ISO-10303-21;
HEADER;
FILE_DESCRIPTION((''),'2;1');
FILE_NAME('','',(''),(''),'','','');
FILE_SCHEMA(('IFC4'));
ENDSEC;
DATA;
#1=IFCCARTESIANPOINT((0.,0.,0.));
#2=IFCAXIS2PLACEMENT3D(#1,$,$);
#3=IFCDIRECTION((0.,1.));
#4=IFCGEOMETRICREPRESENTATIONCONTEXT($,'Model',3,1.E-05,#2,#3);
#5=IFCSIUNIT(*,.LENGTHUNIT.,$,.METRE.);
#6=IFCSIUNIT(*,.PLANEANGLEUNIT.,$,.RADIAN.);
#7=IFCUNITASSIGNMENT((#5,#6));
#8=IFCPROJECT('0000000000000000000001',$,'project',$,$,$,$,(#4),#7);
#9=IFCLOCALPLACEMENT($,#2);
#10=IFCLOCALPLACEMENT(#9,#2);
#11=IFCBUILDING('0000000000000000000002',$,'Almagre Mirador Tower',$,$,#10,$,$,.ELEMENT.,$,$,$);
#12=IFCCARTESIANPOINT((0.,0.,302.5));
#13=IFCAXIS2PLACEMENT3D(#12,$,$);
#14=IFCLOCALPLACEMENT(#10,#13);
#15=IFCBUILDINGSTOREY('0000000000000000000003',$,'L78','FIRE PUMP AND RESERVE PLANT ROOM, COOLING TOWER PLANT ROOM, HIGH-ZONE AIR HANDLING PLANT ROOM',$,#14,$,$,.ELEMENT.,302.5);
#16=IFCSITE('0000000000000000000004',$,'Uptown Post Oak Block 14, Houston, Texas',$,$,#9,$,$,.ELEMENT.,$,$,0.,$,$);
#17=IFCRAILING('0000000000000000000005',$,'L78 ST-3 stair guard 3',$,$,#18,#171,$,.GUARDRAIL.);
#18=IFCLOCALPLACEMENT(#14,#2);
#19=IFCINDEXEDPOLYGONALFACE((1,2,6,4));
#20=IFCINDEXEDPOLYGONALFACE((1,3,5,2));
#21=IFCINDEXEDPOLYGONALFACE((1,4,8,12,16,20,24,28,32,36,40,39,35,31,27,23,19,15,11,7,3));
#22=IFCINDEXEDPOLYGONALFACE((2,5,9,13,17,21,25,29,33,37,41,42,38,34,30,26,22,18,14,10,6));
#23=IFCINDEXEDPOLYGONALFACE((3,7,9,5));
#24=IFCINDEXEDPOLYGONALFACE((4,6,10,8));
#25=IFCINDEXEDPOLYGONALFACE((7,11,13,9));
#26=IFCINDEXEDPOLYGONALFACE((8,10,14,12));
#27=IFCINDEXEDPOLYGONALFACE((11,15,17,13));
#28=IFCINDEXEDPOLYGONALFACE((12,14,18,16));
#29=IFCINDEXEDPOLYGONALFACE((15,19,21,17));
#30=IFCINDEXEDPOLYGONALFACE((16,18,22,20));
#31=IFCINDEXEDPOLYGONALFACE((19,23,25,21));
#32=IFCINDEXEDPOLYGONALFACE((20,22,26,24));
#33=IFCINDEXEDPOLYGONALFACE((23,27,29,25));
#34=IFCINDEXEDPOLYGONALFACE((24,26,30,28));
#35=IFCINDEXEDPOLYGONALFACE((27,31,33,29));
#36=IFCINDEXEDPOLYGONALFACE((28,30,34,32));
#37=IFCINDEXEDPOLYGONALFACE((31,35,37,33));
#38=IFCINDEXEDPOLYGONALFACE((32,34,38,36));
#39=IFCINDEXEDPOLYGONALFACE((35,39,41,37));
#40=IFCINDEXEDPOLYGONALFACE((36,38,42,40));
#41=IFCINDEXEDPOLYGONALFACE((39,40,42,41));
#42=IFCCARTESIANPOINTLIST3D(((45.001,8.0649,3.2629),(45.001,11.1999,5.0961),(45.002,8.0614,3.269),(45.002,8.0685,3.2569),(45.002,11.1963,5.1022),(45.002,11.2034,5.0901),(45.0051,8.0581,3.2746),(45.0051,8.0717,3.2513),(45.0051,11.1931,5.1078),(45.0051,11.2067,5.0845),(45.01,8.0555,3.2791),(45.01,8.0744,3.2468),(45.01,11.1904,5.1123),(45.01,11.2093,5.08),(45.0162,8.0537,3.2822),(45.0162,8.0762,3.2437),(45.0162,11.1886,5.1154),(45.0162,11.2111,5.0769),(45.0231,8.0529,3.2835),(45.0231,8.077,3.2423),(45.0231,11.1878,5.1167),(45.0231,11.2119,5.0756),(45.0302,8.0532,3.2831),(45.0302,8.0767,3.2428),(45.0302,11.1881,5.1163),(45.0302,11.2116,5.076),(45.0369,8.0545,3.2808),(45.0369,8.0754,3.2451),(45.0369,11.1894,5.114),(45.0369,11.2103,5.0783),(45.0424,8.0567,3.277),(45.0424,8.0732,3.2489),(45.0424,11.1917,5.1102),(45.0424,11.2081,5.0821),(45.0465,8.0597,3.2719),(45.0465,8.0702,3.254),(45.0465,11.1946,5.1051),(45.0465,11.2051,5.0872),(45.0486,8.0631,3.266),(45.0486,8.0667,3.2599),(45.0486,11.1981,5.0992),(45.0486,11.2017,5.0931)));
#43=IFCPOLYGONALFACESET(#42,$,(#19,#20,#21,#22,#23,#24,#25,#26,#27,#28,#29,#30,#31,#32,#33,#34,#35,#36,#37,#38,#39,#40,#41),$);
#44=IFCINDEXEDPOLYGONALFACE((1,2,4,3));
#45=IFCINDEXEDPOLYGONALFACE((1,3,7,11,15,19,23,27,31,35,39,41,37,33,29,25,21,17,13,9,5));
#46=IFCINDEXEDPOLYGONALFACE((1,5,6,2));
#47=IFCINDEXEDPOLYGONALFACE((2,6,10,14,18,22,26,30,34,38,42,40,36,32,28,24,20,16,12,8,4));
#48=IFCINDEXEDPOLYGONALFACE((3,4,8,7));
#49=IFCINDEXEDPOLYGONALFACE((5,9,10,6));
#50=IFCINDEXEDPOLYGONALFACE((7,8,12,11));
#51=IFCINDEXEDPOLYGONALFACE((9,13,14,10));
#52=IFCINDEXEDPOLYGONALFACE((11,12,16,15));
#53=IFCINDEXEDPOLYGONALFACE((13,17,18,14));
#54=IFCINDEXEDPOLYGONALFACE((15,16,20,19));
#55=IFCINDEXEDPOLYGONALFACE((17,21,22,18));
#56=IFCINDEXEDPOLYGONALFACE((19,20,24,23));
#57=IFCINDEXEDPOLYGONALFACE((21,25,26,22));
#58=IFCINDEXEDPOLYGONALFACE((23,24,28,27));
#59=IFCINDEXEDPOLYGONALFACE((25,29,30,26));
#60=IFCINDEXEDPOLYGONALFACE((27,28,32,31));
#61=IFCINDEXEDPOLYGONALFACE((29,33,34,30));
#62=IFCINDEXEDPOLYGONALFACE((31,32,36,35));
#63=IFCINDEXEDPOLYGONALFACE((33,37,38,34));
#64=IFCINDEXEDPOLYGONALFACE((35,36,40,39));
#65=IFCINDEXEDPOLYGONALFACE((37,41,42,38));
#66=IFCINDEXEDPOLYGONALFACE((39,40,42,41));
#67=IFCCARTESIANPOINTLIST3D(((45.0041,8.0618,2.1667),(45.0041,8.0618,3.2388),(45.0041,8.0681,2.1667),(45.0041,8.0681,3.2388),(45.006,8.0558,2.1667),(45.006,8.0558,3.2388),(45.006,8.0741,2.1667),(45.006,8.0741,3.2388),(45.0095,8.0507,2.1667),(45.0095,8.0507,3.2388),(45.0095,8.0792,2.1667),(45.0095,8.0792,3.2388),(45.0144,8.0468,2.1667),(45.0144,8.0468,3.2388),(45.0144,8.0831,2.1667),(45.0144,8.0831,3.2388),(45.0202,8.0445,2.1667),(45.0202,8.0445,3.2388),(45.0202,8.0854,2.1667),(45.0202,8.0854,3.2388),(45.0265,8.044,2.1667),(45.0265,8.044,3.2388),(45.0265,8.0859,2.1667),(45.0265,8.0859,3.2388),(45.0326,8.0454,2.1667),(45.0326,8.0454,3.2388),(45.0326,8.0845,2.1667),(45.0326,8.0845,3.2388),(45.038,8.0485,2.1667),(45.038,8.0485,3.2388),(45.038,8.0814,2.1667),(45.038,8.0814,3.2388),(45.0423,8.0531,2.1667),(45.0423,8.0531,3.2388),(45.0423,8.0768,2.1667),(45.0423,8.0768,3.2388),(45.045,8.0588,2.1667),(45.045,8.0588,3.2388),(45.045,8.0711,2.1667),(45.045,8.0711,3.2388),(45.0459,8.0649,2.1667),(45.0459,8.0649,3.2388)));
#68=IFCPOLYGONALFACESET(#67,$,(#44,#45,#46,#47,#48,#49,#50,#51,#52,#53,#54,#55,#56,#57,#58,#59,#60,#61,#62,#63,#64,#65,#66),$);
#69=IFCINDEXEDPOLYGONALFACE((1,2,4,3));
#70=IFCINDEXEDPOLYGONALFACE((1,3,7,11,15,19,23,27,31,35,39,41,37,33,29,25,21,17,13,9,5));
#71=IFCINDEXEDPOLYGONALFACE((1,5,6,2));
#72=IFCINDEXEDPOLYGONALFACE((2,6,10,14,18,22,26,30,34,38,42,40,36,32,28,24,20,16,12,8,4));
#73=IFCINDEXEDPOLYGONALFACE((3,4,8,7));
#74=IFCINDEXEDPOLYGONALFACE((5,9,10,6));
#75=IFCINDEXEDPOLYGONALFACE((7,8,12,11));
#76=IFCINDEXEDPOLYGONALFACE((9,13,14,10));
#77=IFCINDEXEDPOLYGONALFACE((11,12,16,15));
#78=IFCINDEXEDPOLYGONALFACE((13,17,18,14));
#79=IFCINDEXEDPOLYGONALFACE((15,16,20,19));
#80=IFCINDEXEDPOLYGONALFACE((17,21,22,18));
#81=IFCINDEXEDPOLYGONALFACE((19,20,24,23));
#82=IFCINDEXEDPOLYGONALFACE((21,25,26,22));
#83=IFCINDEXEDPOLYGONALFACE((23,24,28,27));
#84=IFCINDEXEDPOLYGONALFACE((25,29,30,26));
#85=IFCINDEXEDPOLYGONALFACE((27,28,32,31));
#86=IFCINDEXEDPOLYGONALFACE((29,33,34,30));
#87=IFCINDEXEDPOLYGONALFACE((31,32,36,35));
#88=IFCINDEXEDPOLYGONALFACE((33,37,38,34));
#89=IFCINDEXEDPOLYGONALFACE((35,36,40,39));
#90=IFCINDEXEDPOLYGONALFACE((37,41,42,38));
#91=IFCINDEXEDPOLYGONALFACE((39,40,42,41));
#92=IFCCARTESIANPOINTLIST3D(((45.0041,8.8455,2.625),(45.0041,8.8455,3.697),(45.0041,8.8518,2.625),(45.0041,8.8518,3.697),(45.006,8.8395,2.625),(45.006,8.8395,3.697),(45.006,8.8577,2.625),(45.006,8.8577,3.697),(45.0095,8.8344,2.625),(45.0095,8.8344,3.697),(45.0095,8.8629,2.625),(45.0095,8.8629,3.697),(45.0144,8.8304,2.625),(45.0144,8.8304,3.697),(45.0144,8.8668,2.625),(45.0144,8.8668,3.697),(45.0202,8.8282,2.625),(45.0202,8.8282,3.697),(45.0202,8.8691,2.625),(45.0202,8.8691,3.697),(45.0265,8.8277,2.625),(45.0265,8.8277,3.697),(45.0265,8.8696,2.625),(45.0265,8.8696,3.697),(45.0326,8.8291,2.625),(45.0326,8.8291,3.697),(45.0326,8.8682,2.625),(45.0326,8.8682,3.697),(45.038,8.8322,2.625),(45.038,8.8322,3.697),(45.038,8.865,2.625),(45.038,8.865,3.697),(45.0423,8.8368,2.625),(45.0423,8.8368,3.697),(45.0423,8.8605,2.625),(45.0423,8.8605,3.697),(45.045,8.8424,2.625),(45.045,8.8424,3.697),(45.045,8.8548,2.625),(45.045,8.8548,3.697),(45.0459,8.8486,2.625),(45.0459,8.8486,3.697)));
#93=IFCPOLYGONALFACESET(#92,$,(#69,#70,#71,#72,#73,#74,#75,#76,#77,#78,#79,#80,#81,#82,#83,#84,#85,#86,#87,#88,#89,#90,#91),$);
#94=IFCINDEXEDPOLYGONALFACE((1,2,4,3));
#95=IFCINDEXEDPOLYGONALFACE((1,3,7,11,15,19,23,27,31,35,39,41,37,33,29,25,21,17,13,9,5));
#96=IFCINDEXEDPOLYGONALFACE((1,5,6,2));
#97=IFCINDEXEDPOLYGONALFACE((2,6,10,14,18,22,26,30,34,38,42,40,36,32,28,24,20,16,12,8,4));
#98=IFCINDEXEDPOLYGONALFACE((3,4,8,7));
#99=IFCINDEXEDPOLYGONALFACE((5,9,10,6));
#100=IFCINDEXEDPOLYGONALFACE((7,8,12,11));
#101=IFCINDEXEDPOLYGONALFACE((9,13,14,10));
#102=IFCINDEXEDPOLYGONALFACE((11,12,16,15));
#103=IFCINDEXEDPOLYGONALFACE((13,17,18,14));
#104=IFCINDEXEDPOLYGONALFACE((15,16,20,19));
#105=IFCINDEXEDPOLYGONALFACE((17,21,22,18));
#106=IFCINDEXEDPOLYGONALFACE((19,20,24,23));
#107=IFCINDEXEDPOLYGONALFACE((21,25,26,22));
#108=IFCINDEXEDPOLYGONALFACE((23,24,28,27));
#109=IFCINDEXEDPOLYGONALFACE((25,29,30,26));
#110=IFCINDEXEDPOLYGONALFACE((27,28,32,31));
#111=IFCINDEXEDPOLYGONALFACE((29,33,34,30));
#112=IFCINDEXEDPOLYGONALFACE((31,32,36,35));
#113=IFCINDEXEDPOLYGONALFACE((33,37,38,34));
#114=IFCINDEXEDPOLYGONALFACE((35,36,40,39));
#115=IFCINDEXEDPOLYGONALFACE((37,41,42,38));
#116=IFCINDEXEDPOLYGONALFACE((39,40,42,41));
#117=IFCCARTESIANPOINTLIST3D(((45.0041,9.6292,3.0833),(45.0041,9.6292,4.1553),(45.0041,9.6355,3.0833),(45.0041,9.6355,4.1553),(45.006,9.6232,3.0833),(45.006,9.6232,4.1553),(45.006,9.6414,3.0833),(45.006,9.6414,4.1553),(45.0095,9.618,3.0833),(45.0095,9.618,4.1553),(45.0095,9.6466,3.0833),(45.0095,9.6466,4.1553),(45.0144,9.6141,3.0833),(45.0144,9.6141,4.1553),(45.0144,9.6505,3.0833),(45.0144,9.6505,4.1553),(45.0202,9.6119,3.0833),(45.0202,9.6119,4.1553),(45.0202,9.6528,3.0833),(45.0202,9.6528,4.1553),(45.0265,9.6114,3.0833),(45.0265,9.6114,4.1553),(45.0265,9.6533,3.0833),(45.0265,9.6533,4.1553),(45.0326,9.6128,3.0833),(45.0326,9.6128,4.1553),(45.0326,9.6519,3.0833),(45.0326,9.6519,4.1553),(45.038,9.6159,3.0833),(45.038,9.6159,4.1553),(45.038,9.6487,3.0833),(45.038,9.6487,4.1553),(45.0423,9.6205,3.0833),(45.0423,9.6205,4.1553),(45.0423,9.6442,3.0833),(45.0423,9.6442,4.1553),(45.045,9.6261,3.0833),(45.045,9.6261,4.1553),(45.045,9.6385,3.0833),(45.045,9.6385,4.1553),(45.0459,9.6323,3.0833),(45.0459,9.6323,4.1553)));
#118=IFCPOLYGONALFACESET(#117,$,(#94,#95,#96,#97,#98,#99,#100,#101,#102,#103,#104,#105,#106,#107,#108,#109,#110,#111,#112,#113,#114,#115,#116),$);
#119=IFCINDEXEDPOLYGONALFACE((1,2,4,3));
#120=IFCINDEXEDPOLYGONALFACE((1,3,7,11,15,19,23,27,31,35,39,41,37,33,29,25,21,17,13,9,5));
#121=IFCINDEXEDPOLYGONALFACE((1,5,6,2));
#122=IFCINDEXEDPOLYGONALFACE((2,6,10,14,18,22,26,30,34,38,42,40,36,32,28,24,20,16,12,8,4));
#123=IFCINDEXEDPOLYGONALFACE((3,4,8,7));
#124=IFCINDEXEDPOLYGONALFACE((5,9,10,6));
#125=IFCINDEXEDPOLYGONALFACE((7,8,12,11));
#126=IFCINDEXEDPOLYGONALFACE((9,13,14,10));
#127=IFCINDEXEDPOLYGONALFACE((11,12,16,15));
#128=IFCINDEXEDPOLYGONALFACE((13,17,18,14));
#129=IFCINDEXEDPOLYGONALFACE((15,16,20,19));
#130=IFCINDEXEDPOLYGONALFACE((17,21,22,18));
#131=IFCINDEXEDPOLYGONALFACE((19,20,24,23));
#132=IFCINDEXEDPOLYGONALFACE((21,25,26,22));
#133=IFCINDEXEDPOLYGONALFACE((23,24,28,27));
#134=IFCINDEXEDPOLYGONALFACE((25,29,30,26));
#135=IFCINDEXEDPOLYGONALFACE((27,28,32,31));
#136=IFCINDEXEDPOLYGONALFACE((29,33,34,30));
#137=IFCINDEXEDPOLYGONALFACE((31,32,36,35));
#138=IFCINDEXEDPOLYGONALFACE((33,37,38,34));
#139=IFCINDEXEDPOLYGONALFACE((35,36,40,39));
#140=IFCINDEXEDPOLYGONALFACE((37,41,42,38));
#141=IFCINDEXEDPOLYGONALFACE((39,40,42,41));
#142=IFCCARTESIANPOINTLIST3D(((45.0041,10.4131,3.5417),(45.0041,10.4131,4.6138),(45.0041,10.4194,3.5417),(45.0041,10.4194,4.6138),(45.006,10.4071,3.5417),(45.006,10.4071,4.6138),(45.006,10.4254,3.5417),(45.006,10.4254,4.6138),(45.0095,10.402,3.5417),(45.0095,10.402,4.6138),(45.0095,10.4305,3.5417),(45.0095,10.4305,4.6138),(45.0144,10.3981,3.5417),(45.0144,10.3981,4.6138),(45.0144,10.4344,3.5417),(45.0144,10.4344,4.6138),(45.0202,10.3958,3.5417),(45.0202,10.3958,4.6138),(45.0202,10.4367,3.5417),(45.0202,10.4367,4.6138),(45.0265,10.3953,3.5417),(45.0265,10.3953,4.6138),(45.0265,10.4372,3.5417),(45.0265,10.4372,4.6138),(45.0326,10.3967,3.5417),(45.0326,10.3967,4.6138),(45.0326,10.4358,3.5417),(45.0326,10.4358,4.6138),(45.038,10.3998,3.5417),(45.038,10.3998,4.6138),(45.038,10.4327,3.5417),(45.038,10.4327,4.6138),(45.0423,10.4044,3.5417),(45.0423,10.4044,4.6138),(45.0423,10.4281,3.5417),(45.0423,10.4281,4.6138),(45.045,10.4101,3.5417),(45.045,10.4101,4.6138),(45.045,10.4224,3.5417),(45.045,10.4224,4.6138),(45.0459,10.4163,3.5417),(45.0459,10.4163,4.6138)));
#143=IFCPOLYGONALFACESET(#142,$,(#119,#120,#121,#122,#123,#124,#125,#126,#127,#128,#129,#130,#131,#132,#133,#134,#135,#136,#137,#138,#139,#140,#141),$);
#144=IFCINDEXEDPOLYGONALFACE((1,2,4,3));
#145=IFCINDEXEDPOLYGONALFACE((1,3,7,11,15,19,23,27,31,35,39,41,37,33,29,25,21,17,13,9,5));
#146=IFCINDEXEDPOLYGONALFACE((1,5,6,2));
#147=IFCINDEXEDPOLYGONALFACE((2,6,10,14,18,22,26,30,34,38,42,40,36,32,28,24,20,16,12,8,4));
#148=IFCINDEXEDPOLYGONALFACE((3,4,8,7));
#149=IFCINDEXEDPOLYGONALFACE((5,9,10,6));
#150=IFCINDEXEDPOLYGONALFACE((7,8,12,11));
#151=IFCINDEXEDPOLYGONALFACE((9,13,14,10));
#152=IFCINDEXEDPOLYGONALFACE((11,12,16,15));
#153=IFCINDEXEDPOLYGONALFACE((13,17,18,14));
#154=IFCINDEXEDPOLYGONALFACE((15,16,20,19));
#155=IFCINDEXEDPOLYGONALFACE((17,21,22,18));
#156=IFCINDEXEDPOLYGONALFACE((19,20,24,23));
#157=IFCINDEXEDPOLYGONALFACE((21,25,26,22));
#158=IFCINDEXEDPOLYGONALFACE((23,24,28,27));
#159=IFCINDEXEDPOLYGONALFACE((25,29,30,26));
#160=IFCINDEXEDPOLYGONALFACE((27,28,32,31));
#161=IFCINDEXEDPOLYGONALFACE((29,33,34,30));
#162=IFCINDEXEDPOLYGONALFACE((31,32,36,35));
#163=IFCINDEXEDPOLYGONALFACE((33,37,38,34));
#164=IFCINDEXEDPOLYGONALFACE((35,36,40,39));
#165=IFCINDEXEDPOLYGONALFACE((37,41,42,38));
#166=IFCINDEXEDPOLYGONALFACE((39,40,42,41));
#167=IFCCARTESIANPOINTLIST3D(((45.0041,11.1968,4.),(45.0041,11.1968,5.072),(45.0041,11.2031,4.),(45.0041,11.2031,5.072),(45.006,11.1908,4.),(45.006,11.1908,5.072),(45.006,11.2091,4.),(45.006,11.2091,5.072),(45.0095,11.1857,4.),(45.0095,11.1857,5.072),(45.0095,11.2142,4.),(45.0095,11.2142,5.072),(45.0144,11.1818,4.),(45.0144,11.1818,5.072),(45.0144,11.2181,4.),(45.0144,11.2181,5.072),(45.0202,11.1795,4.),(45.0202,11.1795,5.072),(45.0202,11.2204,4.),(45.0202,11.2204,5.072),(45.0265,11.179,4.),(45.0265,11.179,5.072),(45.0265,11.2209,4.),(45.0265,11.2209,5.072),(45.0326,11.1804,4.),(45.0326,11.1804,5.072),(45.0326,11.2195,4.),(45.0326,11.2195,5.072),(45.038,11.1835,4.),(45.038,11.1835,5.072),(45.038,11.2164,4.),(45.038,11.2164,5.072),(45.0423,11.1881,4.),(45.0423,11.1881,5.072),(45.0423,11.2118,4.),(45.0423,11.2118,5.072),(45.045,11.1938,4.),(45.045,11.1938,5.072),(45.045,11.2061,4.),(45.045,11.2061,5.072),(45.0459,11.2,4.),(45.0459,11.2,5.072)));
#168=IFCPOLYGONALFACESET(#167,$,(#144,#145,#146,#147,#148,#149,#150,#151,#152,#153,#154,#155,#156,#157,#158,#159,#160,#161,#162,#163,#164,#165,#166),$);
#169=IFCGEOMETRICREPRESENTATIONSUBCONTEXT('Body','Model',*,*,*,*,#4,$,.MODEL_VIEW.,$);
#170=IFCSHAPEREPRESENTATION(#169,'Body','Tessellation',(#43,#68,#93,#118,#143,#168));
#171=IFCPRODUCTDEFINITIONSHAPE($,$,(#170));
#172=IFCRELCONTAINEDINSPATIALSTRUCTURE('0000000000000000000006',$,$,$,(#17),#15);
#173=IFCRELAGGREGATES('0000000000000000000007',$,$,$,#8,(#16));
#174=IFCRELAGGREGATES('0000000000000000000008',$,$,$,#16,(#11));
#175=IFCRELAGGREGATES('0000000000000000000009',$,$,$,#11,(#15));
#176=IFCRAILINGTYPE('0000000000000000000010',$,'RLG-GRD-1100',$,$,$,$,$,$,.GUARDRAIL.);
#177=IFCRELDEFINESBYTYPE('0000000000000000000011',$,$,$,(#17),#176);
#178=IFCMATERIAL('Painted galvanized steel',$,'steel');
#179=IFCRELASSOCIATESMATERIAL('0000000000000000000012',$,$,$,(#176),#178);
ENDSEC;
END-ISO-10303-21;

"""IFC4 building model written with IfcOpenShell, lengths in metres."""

from ifc_helpers import new_model, si_unit, direction, frame, origin, origin_2d, place, context, subcontext, project, spatial, circle, extrude, material, type_object, element, save


model = new_model("IFC4")

# Units and contexts
model_context = context("Model", 3, precision=1e-05, world=origin(), true_north=direction((0.0, 1.0)))
body_context = subcontext(model_context, "Body", "Model", "MODEL_VIEW")
ifc_project = project(units=[si_unit("LENGTHUNIT", "METRE"), si_unit("PLANEANGLEUNIT", "RADIAN")], contexts=[model_context])

# Site, building, storey
site_placement = place(None, origin())
site = spatial("IfcSite", under=ifc_project, at=site_placement, Name="Uptown Post Oak Block 14, Houston, Texas", CompositionType="ELEMENT", RefElevation=0.0)
building_placement = place(site_placement, origin())
building = spatial("IfcBuilding", under=site, at=building_placement, Name="Almagre Mirador Tower", CompositionType="ELEMENT")
storey_placement = place(building_placement, frame((0.0, 0.0, 302.5)))
storey = spatial("IfcBuildingStorey", under=building, at=storey_placement, Name="L78", Description="FIRE PUMP AND RESERVE PLANT ROOM, COOLING TOWER PLANT ROOM, HIGH-ZONE AIR HANDLING PLANT ROOM", CompositionType="ELEMENT", Elevation=302.5)

# Railing
ifc_material_1 = material(Name="Painted galvanized steel", Category="steel")
railing_type_1 = type_object("IfcRailingType", Name="RLG-GRD-1100", PredefinedType="GUARDRAIL", material=ifc_material_1)
railing_1_placement = place(storey_placement, frame((45.0249, 8.0649, 2.1667)))
element("IfcRailing", 1, at=railing_1_placement, inside=storey, type_object=railing_type_1, Name="L78 ST-3 stair guard 3", PredefinedType="GUARDRAIL", context=body_context, shape_type="SweptSolid", body=[
    extrude(circle(Radius=0.0239, at=origin_2d()), frame((0.0, 0.0, 1.0962), z_axis=(0.0, 0.86324, 0.504794), x_axis=(-1.0, 0.0, 0.0)), (0.0, 0.0, 1.0), 3.6316),
    extrude(circle(Radius=0.021, at=origin_2d()), origin(), (0.0, 0.0, 1.0), 1.072),
    extrude(circle(Radius=0.021, at=origin_2d()), frame((0.0, 0.7837, 0.4583)), (0.0, 0.0, 1.0), 1.072),
    extrude(circle(Radius=0.021, at=origin_2d()), frame((0.0, 1.5674, 0.9165)), (0.0, 0.0, 1.0), 1.072),
    extrude(circle(Radius=0.021, at=origin_2d()), frame((0.0, 2.3513, 1.375)), (0.0, 0.0, 1.0), 1.072),
    extrude(circle(Radius=0.021, at=origin_2d()), frame((0.0, 3.135, 1.8333)), (0.0, 0.0, 1.0), 1.072),
])

save(model, "model.ifc")
